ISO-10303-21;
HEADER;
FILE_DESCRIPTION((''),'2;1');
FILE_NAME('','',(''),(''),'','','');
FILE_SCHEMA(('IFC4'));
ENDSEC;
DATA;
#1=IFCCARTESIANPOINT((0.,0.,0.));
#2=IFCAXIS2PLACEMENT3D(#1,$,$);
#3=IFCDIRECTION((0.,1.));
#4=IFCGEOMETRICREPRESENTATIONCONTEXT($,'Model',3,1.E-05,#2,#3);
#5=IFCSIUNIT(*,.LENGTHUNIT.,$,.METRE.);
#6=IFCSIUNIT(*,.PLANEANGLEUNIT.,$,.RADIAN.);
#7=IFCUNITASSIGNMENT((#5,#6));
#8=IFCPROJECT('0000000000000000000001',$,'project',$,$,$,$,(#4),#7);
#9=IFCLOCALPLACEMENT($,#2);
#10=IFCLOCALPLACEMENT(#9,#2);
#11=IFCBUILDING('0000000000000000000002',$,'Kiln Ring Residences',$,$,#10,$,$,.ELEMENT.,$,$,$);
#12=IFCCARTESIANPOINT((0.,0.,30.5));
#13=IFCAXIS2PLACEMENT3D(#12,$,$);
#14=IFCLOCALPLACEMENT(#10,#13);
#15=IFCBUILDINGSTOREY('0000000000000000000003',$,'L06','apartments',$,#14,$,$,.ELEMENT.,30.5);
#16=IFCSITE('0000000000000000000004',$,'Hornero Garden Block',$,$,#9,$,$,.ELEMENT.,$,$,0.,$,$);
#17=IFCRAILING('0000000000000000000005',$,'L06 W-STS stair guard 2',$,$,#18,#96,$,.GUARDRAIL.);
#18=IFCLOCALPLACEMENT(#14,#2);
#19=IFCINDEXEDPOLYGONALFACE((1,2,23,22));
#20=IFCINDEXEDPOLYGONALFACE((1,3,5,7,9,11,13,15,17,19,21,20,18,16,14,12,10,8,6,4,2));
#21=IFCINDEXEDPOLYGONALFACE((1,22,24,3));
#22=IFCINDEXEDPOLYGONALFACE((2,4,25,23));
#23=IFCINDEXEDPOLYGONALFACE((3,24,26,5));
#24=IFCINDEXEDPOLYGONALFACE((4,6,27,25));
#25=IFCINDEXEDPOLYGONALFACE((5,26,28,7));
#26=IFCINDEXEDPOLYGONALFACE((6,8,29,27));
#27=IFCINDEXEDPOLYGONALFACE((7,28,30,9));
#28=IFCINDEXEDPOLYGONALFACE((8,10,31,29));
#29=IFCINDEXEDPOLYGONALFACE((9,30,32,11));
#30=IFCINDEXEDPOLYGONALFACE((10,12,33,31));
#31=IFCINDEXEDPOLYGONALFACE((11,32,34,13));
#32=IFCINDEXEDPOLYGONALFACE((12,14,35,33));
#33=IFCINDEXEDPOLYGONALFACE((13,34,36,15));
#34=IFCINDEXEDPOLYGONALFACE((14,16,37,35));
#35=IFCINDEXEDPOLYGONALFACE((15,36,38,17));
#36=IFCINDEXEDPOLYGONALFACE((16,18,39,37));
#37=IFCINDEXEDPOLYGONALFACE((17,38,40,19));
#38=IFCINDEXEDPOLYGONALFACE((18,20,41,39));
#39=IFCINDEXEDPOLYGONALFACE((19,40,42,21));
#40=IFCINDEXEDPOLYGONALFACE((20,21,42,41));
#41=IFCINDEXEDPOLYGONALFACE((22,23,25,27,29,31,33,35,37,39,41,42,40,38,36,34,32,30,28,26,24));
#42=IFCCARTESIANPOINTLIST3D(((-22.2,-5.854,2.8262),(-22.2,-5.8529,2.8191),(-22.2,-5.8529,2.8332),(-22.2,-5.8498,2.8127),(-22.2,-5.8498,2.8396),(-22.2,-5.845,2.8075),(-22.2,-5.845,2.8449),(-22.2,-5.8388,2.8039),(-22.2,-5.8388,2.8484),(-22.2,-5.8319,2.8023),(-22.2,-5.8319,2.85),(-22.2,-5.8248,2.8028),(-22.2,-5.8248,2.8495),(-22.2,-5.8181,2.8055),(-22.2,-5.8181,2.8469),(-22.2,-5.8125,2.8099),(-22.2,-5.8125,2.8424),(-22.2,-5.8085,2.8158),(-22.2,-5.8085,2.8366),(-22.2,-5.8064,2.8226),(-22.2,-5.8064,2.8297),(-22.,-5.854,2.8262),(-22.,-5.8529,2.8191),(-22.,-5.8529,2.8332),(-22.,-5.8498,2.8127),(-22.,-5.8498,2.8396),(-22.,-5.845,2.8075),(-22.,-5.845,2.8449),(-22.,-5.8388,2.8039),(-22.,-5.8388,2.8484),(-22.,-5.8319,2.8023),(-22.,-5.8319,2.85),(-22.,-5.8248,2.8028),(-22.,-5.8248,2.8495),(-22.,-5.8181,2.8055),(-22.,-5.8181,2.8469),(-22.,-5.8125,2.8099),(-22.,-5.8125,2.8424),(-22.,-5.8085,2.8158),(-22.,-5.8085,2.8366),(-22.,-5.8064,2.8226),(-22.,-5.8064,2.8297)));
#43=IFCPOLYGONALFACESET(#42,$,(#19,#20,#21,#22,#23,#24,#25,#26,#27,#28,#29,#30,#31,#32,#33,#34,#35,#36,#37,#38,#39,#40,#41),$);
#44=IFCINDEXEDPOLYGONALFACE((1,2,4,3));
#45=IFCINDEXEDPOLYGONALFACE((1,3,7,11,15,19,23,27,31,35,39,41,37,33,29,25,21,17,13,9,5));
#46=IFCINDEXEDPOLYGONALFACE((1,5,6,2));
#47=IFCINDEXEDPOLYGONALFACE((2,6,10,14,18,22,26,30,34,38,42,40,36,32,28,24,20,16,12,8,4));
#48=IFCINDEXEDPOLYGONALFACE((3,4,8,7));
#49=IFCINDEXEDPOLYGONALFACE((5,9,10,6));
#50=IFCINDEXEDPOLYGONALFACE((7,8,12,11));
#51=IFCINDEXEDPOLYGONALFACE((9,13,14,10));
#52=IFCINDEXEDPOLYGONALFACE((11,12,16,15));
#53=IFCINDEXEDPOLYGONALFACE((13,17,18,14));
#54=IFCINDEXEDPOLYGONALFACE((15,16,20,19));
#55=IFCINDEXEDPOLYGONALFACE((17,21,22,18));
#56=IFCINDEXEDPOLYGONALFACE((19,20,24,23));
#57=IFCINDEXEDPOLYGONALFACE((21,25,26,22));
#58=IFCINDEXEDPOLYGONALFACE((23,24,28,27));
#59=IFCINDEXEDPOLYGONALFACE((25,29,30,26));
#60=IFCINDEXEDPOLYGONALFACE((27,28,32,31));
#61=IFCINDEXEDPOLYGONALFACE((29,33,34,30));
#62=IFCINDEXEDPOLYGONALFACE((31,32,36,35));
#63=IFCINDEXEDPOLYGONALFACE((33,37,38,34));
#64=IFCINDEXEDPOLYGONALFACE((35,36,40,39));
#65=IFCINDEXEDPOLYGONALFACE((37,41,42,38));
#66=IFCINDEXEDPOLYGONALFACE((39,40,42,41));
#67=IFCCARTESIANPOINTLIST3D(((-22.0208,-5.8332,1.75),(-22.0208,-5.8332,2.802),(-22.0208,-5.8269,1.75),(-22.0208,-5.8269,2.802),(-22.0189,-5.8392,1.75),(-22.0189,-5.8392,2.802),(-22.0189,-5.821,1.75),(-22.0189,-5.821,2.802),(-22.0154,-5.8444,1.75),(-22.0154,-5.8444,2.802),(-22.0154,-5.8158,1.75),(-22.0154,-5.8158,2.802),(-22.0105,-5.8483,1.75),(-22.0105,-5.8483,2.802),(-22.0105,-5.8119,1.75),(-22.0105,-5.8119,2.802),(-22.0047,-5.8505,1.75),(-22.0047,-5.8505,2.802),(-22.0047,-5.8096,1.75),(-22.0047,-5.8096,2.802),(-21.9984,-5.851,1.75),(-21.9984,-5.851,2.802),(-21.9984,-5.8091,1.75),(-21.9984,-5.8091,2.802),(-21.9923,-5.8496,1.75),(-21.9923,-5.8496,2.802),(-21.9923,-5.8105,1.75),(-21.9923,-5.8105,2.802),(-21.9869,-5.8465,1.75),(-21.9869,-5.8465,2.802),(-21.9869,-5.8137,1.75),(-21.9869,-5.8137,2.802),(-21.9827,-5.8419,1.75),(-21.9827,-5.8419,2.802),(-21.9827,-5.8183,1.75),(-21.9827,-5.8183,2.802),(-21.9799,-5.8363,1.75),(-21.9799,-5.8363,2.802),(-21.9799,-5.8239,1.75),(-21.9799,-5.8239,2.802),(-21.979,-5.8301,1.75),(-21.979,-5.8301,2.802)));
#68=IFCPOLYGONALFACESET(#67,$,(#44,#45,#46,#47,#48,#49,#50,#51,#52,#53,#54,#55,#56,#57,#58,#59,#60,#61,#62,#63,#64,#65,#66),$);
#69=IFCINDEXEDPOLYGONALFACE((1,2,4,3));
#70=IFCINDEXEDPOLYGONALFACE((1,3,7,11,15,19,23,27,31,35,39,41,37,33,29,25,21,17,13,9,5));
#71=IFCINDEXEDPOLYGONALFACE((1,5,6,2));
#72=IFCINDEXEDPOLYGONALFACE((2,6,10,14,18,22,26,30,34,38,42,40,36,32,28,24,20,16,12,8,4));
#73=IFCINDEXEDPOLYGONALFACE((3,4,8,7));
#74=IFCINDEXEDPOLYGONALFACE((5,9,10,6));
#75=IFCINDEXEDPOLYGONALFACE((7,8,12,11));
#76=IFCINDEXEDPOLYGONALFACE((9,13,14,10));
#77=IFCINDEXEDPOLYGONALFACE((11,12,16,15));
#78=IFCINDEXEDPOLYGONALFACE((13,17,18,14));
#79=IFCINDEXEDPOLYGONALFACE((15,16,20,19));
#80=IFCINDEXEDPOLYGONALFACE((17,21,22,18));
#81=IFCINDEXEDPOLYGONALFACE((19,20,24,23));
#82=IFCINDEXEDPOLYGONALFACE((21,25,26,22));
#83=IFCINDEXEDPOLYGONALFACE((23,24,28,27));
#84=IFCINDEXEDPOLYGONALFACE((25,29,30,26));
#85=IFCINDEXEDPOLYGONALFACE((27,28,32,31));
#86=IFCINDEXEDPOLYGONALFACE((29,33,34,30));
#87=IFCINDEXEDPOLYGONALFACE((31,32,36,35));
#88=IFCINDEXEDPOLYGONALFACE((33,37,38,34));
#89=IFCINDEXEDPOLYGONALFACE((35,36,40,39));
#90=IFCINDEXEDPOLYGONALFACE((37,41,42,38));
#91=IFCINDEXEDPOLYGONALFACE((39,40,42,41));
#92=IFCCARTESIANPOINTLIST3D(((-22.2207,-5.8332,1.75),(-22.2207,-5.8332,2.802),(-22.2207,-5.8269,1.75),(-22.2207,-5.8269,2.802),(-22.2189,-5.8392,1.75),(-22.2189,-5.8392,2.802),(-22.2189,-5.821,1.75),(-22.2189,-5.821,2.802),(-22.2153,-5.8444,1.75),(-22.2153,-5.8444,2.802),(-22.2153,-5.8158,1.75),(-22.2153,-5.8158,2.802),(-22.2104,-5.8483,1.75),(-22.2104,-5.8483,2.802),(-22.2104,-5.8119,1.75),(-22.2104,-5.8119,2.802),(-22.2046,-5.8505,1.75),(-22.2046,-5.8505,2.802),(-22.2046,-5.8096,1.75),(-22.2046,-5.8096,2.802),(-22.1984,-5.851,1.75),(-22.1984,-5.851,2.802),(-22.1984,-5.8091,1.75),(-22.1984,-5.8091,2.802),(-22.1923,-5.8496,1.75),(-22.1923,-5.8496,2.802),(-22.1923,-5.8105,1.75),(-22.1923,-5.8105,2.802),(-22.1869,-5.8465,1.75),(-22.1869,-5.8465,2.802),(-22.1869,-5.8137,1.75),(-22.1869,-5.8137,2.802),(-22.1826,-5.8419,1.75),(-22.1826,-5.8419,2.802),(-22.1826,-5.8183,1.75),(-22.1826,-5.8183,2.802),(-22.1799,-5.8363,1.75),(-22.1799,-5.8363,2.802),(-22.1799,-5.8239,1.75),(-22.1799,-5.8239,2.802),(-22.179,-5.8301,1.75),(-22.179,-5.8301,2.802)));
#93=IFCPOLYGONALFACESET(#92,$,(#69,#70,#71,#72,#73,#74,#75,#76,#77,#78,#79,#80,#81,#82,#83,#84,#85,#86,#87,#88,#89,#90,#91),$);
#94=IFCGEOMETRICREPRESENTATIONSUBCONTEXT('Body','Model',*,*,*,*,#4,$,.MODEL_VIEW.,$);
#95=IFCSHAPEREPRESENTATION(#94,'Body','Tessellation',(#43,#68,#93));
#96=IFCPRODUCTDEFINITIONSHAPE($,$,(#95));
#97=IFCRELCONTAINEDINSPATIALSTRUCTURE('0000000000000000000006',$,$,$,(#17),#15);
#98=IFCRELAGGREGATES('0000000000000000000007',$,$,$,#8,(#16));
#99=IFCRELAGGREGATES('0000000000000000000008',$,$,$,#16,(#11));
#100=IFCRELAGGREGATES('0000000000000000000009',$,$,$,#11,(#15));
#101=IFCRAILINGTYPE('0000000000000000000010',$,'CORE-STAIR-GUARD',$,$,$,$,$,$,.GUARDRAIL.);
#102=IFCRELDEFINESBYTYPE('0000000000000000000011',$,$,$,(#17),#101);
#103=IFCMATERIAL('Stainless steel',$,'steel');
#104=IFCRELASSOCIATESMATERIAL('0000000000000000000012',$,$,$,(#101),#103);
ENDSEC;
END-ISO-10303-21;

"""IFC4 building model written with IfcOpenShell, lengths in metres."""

from ifc_helpers import new_model, si_unit, direction, frame, origin, origin_2d, place, context, subcontext, project, spatial, circle, extrude, material, type_object, element, save


model = new_model("IFC4")

# Units and contexts
model_context = context("Model", 3, precision=1e-05, world=origin(), true_north=direction((0.0, 1.0)))
body_context = subcontext(model_context, "Body", "Model", "MODEL_VIEW")
ifc_project = project(units=[si_unit("LENGTHUNIT", "METRE"), si_unit("PLANEANGLEUNIT", "RADIAN")], contexts=[model_context])

# Site, building, storey
site_placement = place(None, origin())
site = spatial("IfcSite", under=ifc_project, at=site_placement, Name="Hornero Garden Block", CompositionType="ELEMENT", RefElevation=0.0)
building_placement = place(site_placement, origin())
building = spatial("IfcBuilding", under=site, at=building_placement, Name="Kiln Ring Residences", CompositionType="ELEMENT")
storey_placement = place(building_placement, frame((0.0, 0.0, 30.5)))
storey = spatial("IfcBuildingStorey", under=building, at=storey_placement, Name="L06", Description="apartments", CompositionType="ELEMENT", Elevation=30.5)

# Railing
ifc_material_1 = material(Name="Stainless steel", Category="steel")
railing_type_1 = type_object("IfcRailingType", Name="CORE-STAIR-GUARD", PredefinedType="GUARDRAIL", material=ifc_material_1)
railing_1_placement = place(storey_placement, frame((-22.0, -5.8301, 1.75)))
element("IfcRailing", 1, at=railing_1_placement, inside=storey, type_object=railing_type_1, Name="L06 W-STS stair guard 2", PredefinedType="GUARDRAIL", context=body_context, shape_type="SweptSolid", body=[
    extrude(circle(Radius=0.0239, at=origin_2d()), frame((0.0, 0.0, 1.0762), z_axis=(-1.0, 0.0, 0.0), x_axis=(0.0, -1.0, 0.0)), (0.0, 0.0, 1.0), 0.2),
    extrude(circle(Radius=0.021, at=origin_2d()), origin(), (0.0, 0.0, 1.0), 1.052),
    extrude(circle(Radius=0.021, at=origin_2d()), frame((-0.2, 0.0, 0.0)), (0.0, 0.0, 1.0), 1.052),
])

save(model, "model.ifc")
